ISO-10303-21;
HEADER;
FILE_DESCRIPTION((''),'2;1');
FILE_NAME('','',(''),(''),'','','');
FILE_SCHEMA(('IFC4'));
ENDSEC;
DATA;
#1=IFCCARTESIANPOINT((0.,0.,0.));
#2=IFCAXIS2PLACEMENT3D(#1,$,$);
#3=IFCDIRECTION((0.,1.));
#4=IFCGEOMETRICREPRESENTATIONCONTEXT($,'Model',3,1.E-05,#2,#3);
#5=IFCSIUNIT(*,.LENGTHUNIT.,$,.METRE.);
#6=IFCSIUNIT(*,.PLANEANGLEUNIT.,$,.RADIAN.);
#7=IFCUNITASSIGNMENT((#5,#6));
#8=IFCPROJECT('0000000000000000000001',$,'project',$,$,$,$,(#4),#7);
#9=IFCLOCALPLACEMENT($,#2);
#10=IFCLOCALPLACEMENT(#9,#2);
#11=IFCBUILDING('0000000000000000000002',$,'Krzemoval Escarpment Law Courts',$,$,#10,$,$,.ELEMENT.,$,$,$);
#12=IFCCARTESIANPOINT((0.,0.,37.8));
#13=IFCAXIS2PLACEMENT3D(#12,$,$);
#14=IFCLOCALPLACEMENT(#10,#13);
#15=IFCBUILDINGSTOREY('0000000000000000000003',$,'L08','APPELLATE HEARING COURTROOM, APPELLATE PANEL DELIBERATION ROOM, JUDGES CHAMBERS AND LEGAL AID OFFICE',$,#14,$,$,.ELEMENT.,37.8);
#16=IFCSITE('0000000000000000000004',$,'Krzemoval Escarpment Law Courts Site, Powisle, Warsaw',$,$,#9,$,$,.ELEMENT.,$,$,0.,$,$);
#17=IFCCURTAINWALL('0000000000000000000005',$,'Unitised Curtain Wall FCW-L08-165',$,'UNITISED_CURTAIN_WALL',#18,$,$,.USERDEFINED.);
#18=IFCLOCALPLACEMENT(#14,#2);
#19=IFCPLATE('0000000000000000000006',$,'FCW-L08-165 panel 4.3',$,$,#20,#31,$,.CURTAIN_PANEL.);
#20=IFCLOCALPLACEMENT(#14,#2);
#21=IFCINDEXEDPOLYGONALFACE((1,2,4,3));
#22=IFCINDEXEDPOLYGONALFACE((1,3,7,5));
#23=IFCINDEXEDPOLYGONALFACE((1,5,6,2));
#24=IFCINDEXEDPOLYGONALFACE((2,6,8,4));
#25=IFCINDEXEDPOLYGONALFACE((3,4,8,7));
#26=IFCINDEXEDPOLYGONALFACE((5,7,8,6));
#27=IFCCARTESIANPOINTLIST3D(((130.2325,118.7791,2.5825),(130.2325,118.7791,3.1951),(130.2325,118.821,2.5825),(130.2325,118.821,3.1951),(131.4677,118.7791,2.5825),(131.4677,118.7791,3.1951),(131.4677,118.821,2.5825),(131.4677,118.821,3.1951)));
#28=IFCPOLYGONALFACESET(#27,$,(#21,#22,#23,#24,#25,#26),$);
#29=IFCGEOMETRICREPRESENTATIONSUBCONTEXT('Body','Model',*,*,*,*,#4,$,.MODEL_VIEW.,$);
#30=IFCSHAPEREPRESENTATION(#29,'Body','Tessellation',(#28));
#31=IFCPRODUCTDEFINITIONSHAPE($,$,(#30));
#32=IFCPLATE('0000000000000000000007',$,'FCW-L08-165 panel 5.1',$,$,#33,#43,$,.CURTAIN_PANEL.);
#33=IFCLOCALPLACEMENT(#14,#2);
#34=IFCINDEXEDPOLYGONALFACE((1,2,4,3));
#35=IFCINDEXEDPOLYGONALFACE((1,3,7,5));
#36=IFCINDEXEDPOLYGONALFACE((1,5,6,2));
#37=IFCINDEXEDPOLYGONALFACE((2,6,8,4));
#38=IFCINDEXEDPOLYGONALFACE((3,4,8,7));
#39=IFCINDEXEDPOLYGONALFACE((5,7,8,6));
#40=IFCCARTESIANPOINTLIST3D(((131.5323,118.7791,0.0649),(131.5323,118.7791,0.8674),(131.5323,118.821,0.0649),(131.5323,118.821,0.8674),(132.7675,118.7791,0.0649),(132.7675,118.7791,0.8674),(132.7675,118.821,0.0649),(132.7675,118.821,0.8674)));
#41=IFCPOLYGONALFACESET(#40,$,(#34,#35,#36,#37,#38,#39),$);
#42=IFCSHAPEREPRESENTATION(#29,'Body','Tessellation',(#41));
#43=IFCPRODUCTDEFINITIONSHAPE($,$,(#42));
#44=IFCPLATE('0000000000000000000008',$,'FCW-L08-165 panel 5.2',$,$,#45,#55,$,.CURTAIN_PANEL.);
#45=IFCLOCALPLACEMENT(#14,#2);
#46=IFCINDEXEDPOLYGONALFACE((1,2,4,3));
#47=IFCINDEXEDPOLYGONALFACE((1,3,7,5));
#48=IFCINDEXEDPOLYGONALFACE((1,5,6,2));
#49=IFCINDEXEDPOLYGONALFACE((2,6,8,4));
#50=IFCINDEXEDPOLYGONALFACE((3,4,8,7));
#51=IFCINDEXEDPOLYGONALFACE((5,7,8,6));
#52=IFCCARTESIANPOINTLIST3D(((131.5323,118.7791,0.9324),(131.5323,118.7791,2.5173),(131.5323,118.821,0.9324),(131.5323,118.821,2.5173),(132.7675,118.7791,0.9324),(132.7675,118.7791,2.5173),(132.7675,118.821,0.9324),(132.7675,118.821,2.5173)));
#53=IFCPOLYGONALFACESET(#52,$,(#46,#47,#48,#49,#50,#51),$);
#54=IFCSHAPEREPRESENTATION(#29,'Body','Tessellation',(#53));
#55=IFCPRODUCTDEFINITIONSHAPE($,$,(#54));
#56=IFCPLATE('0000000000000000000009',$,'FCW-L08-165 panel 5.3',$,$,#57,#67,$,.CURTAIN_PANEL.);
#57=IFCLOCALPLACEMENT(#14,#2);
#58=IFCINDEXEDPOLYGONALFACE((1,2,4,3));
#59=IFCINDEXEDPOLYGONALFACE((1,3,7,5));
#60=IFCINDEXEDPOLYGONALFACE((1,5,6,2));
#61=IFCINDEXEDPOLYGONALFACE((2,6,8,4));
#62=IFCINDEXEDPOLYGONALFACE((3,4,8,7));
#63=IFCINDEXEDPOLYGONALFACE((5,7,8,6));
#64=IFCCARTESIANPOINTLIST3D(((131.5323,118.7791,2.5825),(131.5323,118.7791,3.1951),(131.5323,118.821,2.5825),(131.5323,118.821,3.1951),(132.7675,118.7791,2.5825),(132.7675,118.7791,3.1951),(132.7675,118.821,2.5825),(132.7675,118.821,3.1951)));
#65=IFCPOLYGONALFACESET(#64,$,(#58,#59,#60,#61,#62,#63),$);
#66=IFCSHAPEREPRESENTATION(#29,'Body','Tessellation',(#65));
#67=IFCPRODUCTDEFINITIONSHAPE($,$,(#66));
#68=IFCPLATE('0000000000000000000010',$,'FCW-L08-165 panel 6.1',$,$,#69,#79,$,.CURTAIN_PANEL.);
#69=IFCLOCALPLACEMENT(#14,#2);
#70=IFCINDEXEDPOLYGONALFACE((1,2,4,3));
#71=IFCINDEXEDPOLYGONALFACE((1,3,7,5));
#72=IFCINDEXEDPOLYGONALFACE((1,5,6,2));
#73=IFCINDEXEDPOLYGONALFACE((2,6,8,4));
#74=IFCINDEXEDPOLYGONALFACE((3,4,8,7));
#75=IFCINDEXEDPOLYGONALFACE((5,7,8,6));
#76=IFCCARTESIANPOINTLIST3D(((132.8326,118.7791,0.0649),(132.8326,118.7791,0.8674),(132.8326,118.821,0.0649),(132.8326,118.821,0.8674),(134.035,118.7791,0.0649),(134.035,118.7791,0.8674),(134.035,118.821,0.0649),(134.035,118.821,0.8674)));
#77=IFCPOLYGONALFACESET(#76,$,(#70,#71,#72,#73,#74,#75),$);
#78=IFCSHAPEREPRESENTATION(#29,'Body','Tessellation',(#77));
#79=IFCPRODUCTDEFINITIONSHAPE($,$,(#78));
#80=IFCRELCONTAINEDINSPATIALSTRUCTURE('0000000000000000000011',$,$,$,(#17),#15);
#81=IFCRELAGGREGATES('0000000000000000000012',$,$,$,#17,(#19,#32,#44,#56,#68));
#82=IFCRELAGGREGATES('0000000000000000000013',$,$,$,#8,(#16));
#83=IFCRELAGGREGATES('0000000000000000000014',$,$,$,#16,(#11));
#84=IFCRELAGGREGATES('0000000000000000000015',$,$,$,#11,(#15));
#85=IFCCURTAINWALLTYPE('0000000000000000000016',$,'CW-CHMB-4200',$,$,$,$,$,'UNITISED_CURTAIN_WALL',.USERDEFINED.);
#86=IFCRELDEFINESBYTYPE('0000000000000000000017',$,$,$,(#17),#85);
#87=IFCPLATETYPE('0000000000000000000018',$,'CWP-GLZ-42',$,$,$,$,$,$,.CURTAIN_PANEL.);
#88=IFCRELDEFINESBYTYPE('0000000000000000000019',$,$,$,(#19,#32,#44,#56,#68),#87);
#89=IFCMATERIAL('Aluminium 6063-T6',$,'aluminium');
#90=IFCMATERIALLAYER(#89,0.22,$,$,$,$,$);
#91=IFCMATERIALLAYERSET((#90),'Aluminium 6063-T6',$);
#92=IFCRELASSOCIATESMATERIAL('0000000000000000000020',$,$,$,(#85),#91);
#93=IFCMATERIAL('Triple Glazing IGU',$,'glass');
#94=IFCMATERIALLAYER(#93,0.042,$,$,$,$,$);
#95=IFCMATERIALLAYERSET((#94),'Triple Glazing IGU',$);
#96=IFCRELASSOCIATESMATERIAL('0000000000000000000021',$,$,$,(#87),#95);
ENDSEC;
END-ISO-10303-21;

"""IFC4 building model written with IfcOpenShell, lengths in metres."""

from ifc_helpers import new_model, si_unit, direction, frame, origin, origin_2d, place, context, subcontext, project, spatial, rectangle, extrude, material, layer, layer_set, type_object, element, aggregate, save


model = new_model("IFC4")

# Units and contexts
model_context = context("Model", 3, precision=1e-05, world=origin(), true_north=direction((0.0, 1.0)))
body_context = subcontext(model_context, "Body", "Model", "MODEL_VIEW")
ifc_project = project(units=[si_unit("LENGTHUNIT", "METRE"), si_unit("PLANEANGLEUNIT", "RADIAN")], contexts=[model_context])

# Site, building, storey
site_placement = place(None, origin())
site = spatial("IfcSite", under=ifc_project, at=site_placement, Name="Krzemoval Escarpment Law Courts Site, Powisle, Warsaw", CompositionType="ELEMENT", RefElevation=0.0)
building_placement = place(site_placement, origin())
building = spatial("IfcBuilding", under=site, at=building_placement, Name="Krzemoval Escarpment Law Courts", CompositionType="ELEMENT")
storey_placement = place(building_placement, frame((0.0, 0.0, 37.8)))
storey = spatial("IfcBuildingStorey", under=building, at=storey_placement, Name="L08", Description="APPELLATE HEARING COURTROOM, APPELLATE PANEL DELIBERATION ROOM, JUDGES CHAMBERS AND LEGAL AID OFFICE", CompositionType="ELEMENT", Elevation=37.8)

# Curtain wall, plates
ifc_material_1 = material(Name="Aluminium 6063-T6", Category="aluminium")
ifc_layer_1 = layer(ifc_material_1, 0.22)
ifc_layer_set_1 = layer_set([ifc_layer_1], Name="Aluminium 6063-T6")
curtain_wall_type = type_object("IfcCurtainWallType", Name="CW-CHMB-4200", ElementType="UNITISED_CURTAIN_WALL", PredefinedType="USERDEFINED", material=ifc_layer_set_1)
curtain_wall_placement = place(storey_placement, origin())
curtain_wall = element("IfcCurtainWall", 1, at=curtain_wall_placement, inside=storey, type_object=curtain_wall_type, Name="Unitised Curtain Wall FCW-L08-165", ObjectType="UNITISED_CURTAIN_WALL", PredefinedType="USERDEFINED")
ifc_material_2 = material(Name="Triple Glazing IGU", Category="glass")
ifc_layer_2 = layer(ifc_material_2, 0.042)
ifc_layer_set_2 = layer_set([ifc_layer_2], Name="Triple Glazing IGU")
plate_type = type_object("IfcPlateType", Name="CWP-GLZ-42", PredefinedType="CURTAIN_PANEL", material=ifc_layer_set_2)
plate_1_placement = place(storey_placement, frame((130.8501, 118.8, 2.5825), z_axis=(0.0, 0.0, 1.0), x_axis=(1.0, 0.0, 0.0)))
plate_1 = element("IfcPlate", 2, at=plate_1_placement, type_object=plate_type, Name="FCW-L08-165 panel 4.3", PredefinedType="CURTAIN_PANEL", context=body_context, shape_type="SweptSolid", body=[
    extrude(rectangle(XDim=1.2351, YDim=0.042, at=origin_2d()), origin(), (0.0, 0.0, 1.0), 0.6125),
])
plate_2_placement = place(storey_placement, frame((132.1499, 118.8, 0.0649), z_axis=(0.0, 0.0, 1.0), x_axis=(1.0, 0.0, 0.0)))
plate_2 = element("IfcPlate", 3, at=plate_2_placement, type_object=plate_type, Name="FCW-L08-165 panel 5.1", PredefinedType="CURTAIN_PANEL", context=body_context, shape_type="SweptSolid", body=[
    extrude(rectangle(XDim=1.2351, YDim=0.042, at=origin_2d()), origin(), (0.0, 0.0, 1.0), 0.8025),
])
plate_3_placement = place(storey_placement, frame((132.1499, 118.8, 0.9324), z_axis=(0.0, 0.0, 1.0), x_axis=(1.0, 0.0, 0.0)))
plate_3 = element("IfcPlate", 4, at=plate_3_placement, type_object=plate_type, Name="FCW-L08-165 panel 5.2", PredefinedType="CURTAIN_PANEL", context=body_context, shape_type="SweptSolid", body=[
    extrude(rectangle(XDim=1.2351, YDim=0.042, at=origin_2d()), origin(), (0.0, 0.0, 1.0), 1.585),
])
plate_4_placement = place(storey_placement, frame((132.1499, 118.8, 2.5825), z_axis=(0.0, 0.0, 1.0), x_axis=(1.0, 0.0, 0.0)))
plate_4 = element("IfcPlate", 5, at=plate_4_placement, type_object=plate_type, Name="FCW-L08-165 panel 5.3", PredefinedType="CURTAIN_PANEL", context=body_context, shape_type="SweptSolid", body=[
    extrude(rectangle(XDim=1.2351, YDim=0.042, at=origin_2d()), origin(), (0.0, 0.0, 1.0), 0.6125),
])
plate_5_placement = place(storey_placement, frame((133.4338, 118.8, 0.0649), z_axis=(0.0, 0.0, 1.0), x_axis=(1.0, 0.0, 0.0)))
plate_5 = element("IfcPlate", 6, at=plate_5_placement, type_object=plate_type, Name="FCW-L08-165 panel 6.1", PredefinedType="CURTAIN_PANEL", context=body_context, shape_type="SweptSolid", body=[
    extrude(rectangle(XDim=1.2024, YDim=0.042, at=origin_2d()), origin(), (0.0, 0.0, 1.0), 0.8025),
])
aggregate(curtain_wall, [plate_1, plate_2, plate_3, plate_4, plate_5])

save(model, "model.ifc")
